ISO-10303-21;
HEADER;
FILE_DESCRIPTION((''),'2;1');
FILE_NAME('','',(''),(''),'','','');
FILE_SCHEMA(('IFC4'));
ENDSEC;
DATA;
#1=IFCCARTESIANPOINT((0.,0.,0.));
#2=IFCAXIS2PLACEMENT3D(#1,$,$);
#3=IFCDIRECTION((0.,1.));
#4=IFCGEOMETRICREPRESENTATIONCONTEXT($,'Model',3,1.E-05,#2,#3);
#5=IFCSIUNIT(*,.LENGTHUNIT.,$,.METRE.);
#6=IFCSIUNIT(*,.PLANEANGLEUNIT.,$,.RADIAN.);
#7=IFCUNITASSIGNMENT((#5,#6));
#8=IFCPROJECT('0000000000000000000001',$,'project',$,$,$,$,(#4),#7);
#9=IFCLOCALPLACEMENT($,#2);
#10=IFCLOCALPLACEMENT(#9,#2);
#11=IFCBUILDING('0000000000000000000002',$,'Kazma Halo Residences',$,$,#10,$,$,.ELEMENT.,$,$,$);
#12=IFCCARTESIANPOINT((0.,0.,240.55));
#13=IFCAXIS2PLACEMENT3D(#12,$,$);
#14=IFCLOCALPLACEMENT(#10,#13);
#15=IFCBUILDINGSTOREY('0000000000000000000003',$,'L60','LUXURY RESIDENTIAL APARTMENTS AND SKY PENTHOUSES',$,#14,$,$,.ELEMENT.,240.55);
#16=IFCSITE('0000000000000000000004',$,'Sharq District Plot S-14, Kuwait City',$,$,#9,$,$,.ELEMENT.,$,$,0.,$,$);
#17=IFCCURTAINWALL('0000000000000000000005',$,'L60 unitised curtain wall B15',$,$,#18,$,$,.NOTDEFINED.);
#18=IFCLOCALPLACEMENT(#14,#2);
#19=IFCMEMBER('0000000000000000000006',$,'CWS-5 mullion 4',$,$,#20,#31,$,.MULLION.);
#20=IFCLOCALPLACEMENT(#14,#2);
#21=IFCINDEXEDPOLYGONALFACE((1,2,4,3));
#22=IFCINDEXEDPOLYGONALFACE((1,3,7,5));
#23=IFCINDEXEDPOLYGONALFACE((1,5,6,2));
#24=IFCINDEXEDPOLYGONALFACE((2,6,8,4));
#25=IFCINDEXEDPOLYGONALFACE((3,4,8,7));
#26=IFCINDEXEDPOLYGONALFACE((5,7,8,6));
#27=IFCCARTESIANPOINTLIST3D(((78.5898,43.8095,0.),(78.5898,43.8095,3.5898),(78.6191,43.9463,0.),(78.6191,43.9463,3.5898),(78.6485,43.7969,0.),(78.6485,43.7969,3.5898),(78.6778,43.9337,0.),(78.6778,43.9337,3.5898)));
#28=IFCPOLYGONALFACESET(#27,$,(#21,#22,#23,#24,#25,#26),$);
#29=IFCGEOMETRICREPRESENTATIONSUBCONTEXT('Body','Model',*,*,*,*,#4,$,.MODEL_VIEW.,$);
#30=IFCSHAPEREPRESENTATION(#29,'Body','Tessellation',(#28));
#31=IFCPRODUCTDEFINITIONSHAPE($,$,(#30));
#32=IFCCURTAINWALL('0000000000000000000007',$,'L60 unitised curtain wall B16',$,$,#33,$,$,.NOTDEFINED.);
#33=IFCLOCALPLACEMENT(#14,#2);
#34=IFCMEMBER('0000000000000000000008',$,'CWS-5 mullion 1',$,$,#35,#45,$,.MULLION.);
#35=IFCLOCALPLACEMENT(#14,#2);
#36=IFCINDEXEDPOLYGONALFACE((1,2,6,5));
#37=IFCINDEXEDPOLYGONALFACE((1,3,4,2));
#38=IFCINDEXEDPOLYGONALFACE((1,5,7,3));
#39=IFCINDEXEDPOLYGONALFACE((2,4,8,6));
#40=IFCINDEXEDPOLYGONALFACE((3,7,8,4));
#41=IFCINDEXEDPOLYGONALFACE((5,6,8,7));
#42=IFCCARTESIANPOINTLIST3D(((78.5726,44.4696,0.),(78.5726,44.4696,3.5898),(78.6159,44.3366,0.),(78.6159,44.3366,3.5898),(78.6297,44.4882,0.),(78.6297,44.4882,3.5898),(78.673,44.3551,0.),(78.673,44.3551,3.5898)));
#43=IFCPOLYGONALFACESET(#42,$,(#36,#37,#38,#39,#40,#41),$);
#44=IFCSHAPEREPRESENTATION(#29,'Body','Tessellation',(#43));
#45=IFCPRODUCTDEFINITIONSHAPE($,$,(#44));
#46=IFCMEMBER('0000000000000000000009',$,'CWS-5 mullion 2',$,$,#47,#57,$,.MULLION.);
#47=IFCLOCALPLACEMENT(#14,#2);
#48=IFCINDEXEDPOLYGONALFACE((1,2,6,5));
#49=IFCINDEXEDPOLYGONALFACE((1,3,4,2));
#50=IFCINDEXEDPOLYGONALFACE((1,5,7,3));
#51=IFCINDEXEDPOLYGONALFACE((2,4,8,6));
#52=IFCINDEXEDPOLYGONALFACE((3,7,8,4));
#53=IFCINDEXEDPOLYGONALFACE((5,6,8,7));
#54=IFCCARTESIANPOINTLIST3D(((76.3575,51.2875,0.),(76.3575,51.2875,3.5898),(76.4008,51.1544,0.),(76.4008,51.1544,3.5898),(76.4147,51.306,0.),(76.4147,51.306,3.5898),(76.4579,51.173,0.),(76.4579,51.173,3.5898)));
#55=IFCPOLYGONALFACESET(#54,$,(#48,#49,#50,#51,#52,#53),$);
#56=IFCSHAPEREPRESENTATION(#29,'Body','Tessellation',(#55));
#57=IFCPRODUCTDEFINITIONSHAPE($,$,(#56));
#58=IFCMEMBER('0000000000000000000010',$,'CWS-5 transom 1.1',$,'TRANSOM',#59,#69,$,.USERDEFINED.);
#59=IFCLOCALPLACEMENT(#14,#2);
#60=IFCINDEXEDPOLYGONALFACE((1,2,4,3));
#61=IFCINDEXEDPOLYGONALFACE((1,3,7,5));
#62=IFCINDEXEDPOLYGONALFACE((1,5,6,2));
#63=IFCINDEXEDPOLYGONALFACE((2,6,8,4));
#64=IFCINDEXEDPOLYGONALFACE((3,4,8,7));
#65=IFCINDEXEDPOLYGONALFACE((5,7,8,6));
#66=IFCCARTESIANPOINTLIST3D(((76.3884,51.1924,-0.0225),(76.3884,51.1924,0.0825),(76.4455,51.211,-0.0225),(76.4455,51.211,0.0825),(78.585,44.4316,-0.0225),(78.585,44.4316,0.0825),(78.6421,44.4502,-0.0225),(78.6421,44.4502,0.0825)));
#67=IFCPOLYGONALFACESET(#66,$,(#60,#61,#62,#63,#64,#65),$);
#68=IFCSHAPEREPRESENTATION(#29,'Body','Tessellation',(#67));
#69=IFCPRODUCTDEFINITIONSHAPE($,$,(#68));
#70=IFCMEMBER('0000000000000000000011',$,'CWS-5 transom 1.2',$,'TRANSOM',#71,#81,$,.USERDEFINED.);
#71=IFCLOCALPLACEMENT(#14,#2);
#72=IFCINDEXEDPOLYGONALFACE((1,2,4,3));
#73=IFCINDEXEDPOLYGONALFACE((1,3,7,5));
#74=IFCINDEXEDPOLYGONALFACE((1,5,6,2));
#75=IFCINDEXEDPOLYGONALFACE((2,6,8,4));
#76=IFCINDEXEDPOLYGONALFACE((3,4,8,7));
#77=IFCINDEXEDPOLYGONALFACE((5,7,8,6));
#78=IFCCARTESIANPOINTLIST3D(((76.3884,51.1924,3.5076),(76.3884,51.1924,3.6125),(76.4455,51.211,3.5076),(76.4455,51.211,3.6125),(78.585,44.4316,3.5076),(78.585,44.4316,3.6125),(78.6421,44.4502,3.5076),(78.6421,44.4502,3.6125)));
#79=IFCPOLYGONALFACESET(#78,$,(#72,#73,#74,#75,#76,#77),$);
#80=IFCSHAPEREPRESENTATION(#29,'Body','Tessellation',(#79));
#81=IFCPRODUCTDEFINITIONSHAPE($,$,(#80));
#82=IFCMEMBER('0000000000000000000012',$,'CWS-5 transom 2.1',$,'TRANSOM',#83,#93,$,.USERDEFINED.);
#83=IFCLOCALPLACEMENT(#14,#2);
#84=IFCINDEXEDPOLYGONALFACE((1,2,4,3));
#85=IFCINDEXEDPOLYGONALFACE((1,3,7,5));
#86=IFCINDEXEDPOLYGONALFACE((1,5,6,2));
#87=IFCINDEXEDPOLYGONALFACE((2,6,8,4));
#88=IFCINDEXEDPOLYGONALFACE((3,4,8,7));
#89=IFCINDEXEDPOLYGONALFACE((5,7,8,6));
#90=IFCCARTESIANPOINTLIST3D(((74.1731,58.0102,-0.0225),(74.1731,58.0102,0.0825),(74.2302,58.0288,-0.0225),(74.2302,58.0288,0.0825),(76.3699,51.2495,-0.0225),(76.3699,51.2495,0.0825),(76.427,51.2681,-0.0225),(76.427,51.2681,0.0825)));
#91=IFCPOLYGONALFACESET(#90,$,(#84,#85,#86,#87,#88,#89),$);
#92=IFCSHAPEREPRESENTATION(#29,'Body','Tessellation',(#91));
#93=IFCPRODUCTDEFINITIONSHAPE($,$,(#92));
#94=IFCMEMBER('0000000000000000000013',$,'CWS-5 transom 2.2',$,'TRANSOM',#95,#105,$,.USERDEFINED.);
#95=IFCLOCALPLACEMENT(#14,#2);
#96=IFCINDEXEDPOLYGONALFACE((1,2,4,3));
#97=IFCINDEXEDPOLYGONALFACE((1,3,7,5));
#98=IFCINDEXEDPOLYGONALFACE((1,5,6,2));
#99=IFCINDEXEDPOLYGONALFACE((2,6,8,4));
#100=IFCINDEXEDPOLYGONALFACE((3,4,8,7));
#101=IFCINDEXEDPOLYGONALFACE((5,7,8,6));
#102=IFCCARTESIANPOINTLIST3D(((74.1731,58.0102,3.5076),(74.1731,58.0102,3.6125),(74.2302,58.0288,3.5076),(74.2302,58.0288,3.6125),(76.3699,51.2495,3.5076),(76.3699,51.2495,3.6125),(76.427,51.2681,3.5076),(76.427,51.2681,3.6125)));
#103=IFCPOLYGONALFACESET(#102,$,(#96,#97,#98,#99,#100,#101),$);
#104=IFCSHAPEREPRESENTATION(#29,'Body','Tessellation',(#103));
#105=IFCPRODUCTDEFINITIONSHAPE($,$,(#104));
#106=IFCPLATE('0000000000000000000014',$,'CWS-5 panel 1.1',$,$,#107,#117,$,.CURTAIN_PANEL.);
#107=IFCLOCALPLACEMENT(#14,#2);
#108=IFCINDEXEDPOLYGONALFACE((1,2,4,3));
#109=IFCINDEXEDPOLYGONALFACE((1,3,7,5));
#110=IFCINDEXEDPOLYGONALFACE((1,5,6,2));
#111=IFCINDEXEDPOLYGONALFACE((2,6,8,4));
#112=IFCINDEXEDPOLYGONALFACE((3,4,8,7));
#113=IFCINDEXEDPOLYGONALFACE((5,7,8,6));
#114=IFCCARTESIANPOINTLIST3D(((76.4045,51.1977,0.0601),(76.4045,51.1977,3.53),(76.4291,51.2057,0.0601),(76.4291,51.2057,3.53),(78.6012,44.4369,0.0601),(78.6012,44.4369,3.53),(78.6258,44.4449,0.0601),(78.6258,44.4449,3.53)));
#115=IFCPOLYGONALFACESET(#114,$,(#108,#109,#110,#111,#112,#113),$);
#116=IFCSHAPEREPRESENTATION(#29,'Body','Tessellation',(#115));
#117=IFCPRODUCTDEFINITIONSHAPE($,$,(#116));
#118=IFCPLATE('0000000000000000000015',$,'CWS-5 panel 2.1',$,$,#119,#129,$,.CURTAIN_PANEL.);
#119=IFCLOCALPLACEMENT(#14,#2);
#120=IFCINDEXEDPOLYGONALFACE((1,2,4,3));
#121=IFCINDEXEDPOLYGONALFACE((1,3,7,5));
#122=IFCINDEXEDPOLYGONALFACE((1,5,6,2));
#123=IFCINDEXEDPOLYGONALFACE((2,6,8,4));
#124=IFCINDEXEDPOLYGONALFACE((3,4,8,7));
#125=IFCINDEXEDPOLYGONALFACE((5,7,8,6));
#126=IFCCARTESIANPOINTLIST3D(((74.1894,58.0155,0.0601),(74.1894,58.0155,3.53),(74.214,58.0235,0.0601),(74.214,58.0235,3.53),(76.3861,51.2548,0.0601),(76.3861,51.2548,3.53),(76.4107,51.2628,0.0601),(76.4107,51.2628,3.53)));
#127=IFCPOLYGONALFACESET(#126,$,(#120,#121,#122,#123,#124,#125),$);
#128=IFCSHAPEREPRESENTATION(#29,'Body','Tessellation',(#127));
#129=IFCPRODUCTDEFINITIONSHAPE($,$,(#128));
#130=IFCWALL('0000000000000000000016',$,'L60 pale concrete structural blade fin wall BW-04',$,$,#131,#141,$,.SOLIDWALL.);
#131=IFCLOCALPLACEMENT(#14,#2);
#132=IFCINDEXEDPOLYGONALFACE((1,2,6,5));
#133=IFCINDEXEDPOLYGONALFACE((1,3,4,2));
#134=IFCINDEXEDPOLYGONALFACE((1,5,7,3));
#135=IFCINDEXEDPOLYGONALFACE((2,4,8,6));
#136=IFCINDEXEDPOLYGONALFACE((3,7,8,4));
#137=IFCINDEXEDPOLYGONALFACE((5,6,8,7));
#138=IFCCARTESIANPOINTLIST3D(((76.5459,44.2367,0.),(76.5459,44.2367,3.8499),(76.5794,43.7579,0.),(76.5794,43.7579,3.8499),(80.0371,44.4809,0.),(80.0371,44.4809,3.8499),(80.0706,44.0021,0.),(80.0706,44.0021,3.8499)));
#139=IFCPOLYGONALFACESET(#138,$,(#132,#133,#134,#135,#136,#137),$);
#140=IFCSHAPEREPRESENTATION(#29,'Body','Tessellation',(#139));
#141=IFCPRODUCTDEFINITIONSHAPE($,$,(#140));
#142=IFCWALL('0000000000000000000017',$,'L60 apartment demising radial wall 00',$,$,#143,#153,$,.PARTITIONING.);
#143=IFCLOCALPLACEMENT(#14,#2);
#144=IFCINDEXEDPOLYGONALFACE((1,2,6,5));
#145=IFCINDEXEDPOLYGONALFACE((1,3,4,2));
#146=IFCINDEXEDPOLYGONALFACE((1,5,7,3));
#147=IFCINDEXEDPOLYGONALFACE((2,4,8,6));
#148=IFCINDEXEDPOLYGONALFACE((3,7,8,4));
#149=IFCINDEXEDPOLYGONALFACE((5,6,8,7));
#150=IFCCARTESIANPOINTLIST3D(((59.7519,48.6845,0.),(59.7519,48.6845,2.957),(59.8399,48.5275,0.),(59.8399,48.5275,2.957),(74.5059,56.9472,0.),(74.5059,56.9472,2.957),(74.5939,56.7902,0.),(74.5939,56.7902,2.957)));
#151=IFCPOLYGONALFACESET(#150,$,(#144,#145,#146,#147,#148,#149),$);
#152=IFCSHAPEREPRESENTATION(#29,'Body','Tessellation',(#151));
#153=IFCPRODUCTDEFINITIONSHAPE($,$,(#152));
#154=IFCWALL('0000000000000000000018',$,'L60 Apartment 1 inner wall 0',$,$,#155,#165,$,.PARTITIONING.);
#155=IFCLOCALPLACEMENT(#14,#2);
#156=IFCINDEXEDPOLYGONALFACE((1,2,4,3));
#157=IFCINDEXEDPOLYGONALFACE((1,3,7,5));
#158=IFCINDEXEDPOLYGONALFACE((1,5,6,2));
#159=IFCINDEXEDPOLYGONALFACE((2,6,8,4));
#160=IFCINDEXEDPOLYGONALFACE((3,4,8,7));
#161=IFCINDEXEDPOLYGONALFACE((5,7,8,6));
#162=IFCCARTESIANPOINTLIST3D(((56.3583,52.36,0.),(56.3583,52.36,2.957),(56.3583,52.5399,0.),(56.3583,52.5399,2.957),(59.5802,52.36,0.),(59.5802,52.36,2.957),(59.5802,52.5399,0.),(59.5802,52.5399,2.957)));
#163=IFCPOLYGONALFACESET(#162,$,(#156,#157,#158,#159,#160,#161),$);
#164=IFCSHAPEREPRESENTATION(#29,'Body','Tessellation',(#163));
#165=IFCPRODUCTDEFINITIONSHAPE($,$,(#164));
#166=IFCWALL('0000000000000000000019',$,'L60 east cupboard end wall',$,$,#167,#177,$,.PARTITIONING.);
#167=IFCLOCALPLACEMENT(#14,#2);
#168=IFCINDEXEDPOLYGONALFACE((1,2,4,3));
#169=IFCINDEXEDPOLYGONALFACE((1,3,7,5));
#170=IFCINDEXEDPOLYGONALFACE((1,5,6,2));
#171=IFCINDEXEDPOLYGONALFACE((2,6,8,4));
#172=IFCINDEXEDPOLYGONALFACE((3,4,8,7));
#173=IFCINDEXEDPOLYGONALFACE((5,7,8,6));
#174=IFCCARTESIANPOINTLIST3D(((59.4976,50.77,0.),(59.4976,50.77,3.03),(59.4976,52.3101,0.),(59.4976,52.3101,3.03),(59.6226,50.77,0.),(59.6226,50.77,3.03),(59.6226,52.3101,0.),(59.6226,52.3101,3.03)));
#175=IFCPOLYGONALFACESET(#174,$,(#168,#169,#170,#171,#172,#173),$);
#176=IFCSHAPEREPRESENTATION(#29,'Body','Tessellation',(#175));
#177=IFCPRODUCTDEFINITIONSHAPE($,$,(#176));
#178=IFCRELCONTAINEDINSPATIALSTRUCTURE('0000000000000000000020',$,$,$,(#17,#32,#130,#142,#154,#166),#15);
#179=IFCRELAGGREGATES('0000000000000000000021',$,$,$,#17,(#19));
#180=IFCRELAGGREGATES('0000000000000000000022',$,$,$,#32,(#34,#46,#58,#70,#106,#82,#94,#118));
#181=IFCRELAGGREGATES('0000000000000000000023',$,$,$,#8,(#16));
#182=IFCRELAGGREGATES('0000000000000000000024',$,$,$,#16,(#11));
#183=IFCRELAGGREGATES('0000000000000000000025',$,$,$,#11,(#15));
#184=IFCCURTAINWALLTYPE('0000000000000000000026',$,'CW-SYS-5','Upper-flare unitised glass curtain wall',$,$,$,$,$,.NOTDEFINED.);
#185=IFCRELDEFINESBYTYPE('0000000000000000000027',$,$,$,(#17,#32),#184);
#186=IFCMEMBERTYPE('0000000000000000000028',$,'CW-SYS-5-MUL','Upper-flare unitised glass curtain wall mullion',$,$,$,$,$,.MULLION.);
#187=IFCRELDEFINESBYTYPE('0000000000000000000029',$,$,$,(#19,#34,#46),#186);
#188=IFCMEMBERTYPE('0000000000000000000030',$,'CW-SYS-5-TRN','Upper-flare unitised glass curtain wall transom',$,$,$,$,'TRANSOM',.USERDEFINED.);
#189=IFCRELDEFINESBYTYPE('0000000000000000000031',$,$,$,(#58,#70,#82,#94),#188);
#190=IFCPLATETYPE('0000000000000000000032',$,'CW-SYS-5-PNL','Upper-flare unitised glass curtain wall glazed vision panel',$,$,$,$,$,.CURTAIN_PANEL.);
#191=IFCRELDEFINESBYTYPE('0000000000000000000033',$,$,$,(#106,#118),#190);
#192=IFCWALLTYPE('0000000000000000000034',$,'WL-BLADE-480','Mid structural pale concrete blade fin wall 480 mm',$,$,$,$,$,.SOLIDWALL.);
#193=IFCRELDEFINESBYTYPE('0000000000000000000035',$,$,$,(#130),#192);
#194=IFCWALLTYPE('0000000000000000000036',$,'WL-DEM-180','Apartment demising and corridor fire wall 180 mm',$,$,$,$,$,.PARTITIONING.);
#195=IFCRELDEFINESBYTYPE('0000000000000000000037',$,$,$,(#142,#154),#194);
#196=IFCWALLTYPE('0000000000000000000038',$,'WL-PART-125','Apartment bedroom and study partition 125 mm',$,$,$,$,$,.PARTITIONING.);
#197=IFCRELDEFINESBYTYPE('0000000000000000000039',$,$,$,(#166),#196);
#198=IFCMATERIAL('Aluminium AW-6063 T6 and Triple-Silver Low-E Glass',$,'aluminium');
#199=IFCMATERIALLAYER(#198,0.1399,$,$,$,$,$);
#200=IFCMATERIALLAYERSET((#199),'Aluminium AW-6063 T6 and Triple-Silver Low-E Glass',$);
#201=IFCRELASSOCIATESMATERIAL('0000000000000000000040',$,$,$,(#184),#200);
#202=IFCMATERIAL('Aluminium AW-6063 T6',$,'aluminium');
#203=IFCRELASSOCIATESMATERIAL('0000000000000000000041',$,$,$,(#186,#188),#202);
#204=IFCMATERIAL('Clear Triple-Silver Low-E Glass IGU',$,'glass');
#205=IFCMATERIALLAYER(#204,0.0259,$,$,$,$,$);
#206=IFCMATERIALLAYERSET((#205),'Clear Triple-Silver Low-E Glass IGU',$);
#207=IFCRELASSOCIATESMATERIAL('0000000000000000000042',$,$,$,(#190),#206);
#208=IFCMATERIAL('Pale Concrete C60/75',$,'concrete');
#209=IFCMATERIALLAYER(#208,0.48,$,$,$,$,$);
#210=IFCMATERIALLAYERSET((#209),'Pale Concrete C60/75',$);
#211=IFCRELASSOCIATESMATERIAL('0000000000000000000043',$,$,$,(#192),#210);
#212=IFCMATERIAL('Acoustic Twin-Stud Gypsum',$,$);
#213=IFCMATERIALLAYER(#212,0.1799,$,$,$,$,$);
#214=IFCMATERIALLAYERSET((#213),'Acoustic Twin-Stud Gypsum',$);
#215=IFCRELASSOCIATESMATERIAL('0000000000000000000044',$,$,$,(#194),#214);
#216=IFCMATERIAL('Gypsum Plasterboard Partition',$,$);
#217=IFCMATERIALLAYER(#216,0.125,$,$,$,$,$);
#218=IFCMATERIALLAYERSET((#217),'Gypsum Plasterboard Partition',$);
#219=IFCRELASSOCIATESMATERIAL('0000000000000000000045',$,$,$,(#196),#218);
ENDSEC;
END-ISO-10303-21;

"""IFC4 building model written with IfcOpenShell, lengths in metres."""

from ifc_helpers import new_model, si_unit, direction, frame, frame_2d, origin, origin_2d, place, context, subcontext, project, spatial, rectangle, extrude, material, layer, layer_set, material_profile, profile_set, type_object, element, aggregate, save


model = new_model("IFC4")

# Units and contexts
model_context = context("Model", 3, precision=1e-05, world=origin(), true_north=direction((0.0, 1.0)))
body_context = subcontext(model_context, "Body", "Model", "MODEL_VIEW")
ifc_project = project(units=[si_unit("LENGTHUNIT", "METRE"), si_unit("PLANEANGLEUNIT", "RADIAN")], contexts=[model_context])

# Site, building, storey
site_placement = place(None, origin())
site = spatial("IfcSite", under=ifc_project, at=site_placement, Name="Sharq District Plot S-14, Kuwait City", CompositionType="ELEMENT", RefElevation=0.0)
building_placement = place(site_placement, origin())
building = spatial("IfcBuilding", under=site, at=building_placement, Name="Kazma Halo Residences", CompositionType="ELEMENT")
storey_placement = place(building_placement, frame((0.0, 0.0, 240.55)))
storey = spatial("IfcBuildingStorey", under=building, at=storey_placement, Name="L60", Description="LUXURY RESIDENTIAL APARTMENTS AND SKY PENTHOUSES", CompositionType="ELEMENT", Elevation=240.55)

# Curtain wall, member
ifc_material_1 = material(Name="Aluminium AW-6063 T6 and Triple-Silver Low-E Glass", Category="aluminium")
ifc_layer_1 = layer(ifc_material_1, 0.1399)
ifc_layer_set_1 = layer_set([ifc_layer_1], Name="Aluminium AW-6063 T6 and Triple-Silver Low-E Glass")
curtain_wall_type = type_object("IfcCurtainWallType", Name="CW-SYS-5", Description="Upper-flare unitised glass curtain wall", PredefinedType="NOTDEFINED", material=ifc_layer_set_1)
curtain_wall_1_placement = place(storey_placement, origin())
curtain_wall_1 = element("IfcCurtainWall", 1, at=curtain_wall_1_placement, inside=storey, type_object=curtain_wall_type, Name="L60 unitised curtain wall B15", PredefinedType="NOTDEFINED")
ifc_material_2 = material(Name="Aluminium AW-6063 T6", Category="aluminium")
ifc_material_profile_1 = material_profile(ifc_material_2, rectangle(XDim=0.0601, YDim=0.1399, at=origin_2d()), Name="CWM-60x140")
ifc_profile_set_1 = profile_set([ifc_material_profile_1], Name="Aluminium AW-6063 T6")
member_type_1 = type_object("IfcMemberType", Name="CW-SYS-5-MUL", Description="Upper-flare unitised glass curtain wall mullion", PredefinedType="MULLION", material=ifc_profile_set_1)
member_1_placement = place(storey_placement, frame((78.6338, 43.8716, 0.0), z_axis=(0.0, 0.0, 1.0), x_axis=(-0.977775, 0.209657, 0.0)))
member_1 = element("IfcMember", 2, at=member_1_placement, type_object=member_type_1, Name="CWS-5 mullion 4", PredefinedType="MULLION", context=body_context, shape_type="SweptSolid", body=[
    extrude(rectangle(XDim=0.0601, YDim=0.1399, at=origin_2d()), origin(), (0.0, 0.0, 1.0), 3.5898),
])
aggregate(curtain_wall_1, [member_1])

# Curtain wall, members, plates
curtain_wall_2_placement = place(storey_placement, origin())
curtain_wall_2 = element("IfcCurtainWall", 3, at=curtain_wall_2_placement, inside=storey, type_object=curtain_wall_type, Name="L60 unitised curtain wall B16", PredefinedType="NOTDEFINED")
member_2_placement = place(storey_placement, frame((78.6228, 44.4124, 0.0), z_axis=(0.0, 0.0, 1.0), x_axis=(-0.951058, -0.309011, 0.0)))
member_2 = element("IfcMember", 4, at=member_2_placement, type_object=member_type_1, Name="CWS-5 mullion 1", PredefinedType="MULLION", context=body_context, shape_type="SweptSolid", body=[
    extrude(rectangle(XDim=0.0601, YDim=0.1399, at=origin_2d()), origin(), (0.0, 0.0, 1.0), 3.5898),
])
member_3_placement = place(storey_placement, frame((76.4077, 51.2302, 0.0), z_axis=(0.0, 0.0, 1.0), x_axis=(-0.951058, -0.309011, 0.0)))
member_3 = element("IfcMember", 5, at=member_3_placement, type_object=member_type_1, Name="CWS-5 mullion 2", PredefinedType="MULLION", context=body_context, shape_type="SweptSolid", body=[
    extrude(rectangle(XDim=0.0601, YDim=0.1399, at=origin_2d()), origin(), (0.0, 0.0, 1.0), 3.5898),
])
ifc_material_profile_2 = material_profile(ifc_material_2, rectangle(XDim=0.0601, YDim=0.105, at=origin_2d()), Name="CWT-60x105")
ifc_profile_set_2 = profile_set([ifc_material_profile_2], Name="Aluminium AW-6063 T6")
member_type_2 = type_object("IfcMemberType", Name="CW-SYS-5-TRN", Description="Upper-flare unitised glass curtain wall transom", ElementType="TRANSOM", PredefinedType="USERDEFINED", material=ifc_profile_set_2)
member_4_placement = place(storey_placement, frame((78.6135, 44.4409, 0.03), z_axis=(-0.308996, 0.951063, 0.0), x_axis=(-0.951063, -0.308996, 0.0)))
member_4 = element("IfcMember", 6, at=member_4_placement, type_object=member_type_2, Name="CWS-5 transom 1.1", ObjectType="TRANSOM", PredefinedType="USERDEFINED", context=body_context, shape_type="SweptSolid", body=[
    extrude(rectangle(XDim=0.0601, YDim=0.105, at=origin_2d()), origin(), (0.0, 0.0, 1.0), 7.1086),
])
member_5_placement = place(storey_placement, frame((78.6135, 44.4409, 3.5601), z_axis=(-0.308996, 0.951063, 0.0), x_axis=(-0.951063, -0.308996, 0.0)))
member_5 = element("IfcMember", 7, at=member_5_placement, type_object=member_type_2, Name="CWS-5 transom 1.2", ObjectType="TRANSOM", PredefinedType="USERDEFINED", context=body_context, shape_type="SweptSolid", body=[
    extrude(rectangle(XDim=0.0601, YDim=0.105, at=origin_2d()), origin(), (0.0, 0.0, 1.0), 7.1086),
])
member_6_placement = place(storey_placement, frame((76.3984, 51.2588, 0.03), z_axis=(-0.309027, 0.951053, 0.0), x_axis=(-0.951053, -0.309027, 0.0)))
member_6 = element("IfcMember", 8, at=member_6_placement, type_object=member_type_2, Name="CWS-5 transom 2.1", ObjectType="TRANSOM", PredefinedType="USERDEFINED", context=body_context, shape_type="SweptSolid", body=[
    extrude(rectangle(XDim=0.0601, YDim=0.105, at=origin_2d()), origin(), (0.0, 0.0, 1.0), 7.1086),
])
member_7_placement = place(storey_placement, frame((76.3984, 51.2588, 3.5601), z_axis=(-0.309027, 0.951053, 0.0), x_axis=(-0.951053, -0.309027, 0.0)))
member_7 = element("IfcMember", 9, at=member_7_placement, type_object=member_type_2, Name="CWS-5 transom 2.2", ObjectType="TRANSOM", PredefinedType="USERDEFINED", context=body_context, shape_type="SweptSolid", body=[
    extrude(rectangle(XDim=0.0601, YDim=0.105, at=origin_2d()), origin(), (0.0, 0.0, 1.0), 7.1086),
])
ifc_material_3 = material(Name="Clear Triple-Silver Low-E Glass IGU", Category="glass")
ifc_layer_2 = layer(ifc_material_3, 0.0259)
ifc_layer_set_2 = layer_set([ifc_layer_2], Name="Clear Triple-Silver Low-E Glass IGU")
plate_type = type_object("IfcPlateType", Name="CW-SYS-5-PNL", Description="Upper-flare unitised glass curtain wall glazed vision panel", PredefinedType="CURTAIN_PANEL", material=ifc_layer_set_2)
plate_1_placement = place(storey_placement, frame((77.5151, 47.8213, 0.0601), z_axis=(0.0, 0.0, 1.0), x_axis=(-0.309011, 0.951058, 0.0)))
plate_1 = element("IfcPlate", 10, at=plate_1_placement, type_object=plate_type, Name="CWS-5 panel 1.1", PredefinedType="CURTAIN_PANEL", context=body_context, shape_type="SweptSolid", body=[
    extrude(rectangle(XDim=7.1086, YDim=0.0259, at=origin_2d()), origin(), (0.0, 0.0, 1.0), 3.47),
])
plate_2_placement = place(storey_placement, frame((75.3, 54.6392, 0.0601), z_axis=(0.0, 0.0, 1.0), x_axis=(-0.309011, 0.951058, 0.0)))
plate_2 = element("IfcPlate", 11, at=plate_2_placement, type_object=plate_type, Name="CWS-5 panel 2.1", PredefinedType="CURTAIN_PANEL", context=body_context, shape_type="SweptSolid", body=[
    extrude(rectangle(XDim=7.1086, YDim=0.0259, at=origin_2d()), origin(), (0.0, 0.0, 1.0), 3.47),
])
aggregate(curtain_wall_2, [member_2, member_3, member_4, member_5, plate_1, member_6, member_7, plate_2])

# Walls
ifc_material_4 = material(Name="Pale Concrete C60/75", Category="concrete")
ifc_layer_3 = layer(ifc_material_4, 0.48)
ifc_layer_set_3 = layer_set([ifc_layer_3], Name="Pale Concrete C60/75")
wall_type_1 = type_object("IfcWallType", Name="WL-BLADE-480", Description="Mid structural pale concrete blade fin wall 480 mm", PredefinedType="SOLIDWALL", material=ifc_layer_set_3)
wall_1_placement = place(storey_placement, frame((76.5625, 43.9973, 0.0), z_axis=(0.0, 0.0, 1.0), x_axis=(0.997564, 0.06976, 0.0)))
element("IfcWall", 12, at=wall_1_placement, inside=storey, type_object=wall_type_1, Name="L60 pale concrete structural blade fin wall BW-04", PredefinedType="SOLIDWALL", context=body_context, shape_type="SweptSolid", body=[
    extrude(rectangle(XDim=3.4998, YDim=0.48, at=frame_2d((1.75, 0.0))), origin(), (0.0, 0.0, 1.0), 3.8499),
])
ifc_material_5 = material(Name="Acoustic Twin-Stud Gypsum")
ifc_layer_4 = layer(ifc_material_5, 0.1799)
ifc_layer_set_4 = layer_set([ifc_layer_4], Name="Acoustic Twin-Stud Gypsum")
wall_type_2 = type_object("IfcWallType", Name="WL-DEM-180", Description="Apartment demising and corridor fire wall 180 mm", PredefinedType="PARTITIONING", material=ifc_layer_set_4)
wall_2_placement = place(storey_placement, frame((59.7959, 48.606, 0.0), z_axis=(0.0, 0.0, 1.0), x_axis=(0.872493, 0.488626, 0.0)))
element("IfcWall", 13, at=wall_2_placement, inside=storey, type_object=wall_type_2, Name="L60 apartment demising radial wall 00", PredefinedType="PARTITIONING", context=body_context, shape_type="SweptSolid", body=[
    extrude(rectangle(XDim=16.9102, YDim=0.1799, at=frame_2d((8.4551, 0.0))), origin(), (0.0, 0.0, 1.0), 2.957),
])
wall_3_placement = place(storey_placement, frame((59.5801, 52.45, 0.0), z_axis=(0.0, 0.0, 1.0), x_axis=(-1.0, 0.0, 0.0)))
element("IfcWall", 14, at=wall_3_placement, inside=storey, type_object=wall_type_2, Name="L60 Apartment 1 inner wall 0", PredefinedType="PARTITIONING", context=body_context, shape_type="SweptSolid", body=[
    extrude(rectangle(XDim=3.2219, YDim=0.1799, at=frame_2d((1.6108, 0.0))), origin(), (0.0, 0.0, 1.0), 2.957),
])
ifc_material_6 = material(Name="Gypsum Plasterboard Partition")
ifc_layer_5 = layer(ifc_material_6, 0.125)
ifc_layer_set_5 = layer_set([ifc_layer_5], Name="Gypsum Plasterboard Partition")
wall_type_3 = type_object("IfcWallType", Name="WL-PART-125", Description="Apartment bedroom and study partition 125 mm", PredefinedType="PARTITIONING", material=ifc_layer_set_5)
wall_4_placement = place(storey_placement, frame((59.5601, 50.77, 0.0), z_axis=(0.0, 0.0, 1.0), x_axis=(0.0, 1.0, 0.0)))
element("IfcWall", 15, at=wall_4_placement, inside=storey, type_object=wall_type_3, Name="L60 east cupboard end wall", PredefinedType="PARTITIONING", context=body_context, shape_type="SweptSolid", body=[
    extrude(rectangle(XDim=1.54, YDim=0.125, at=frame_2d((0.77, 0.0))), origin(), (0.0, 0.0, 1.0), 3.03),
])

save(model, "model.ifc")
